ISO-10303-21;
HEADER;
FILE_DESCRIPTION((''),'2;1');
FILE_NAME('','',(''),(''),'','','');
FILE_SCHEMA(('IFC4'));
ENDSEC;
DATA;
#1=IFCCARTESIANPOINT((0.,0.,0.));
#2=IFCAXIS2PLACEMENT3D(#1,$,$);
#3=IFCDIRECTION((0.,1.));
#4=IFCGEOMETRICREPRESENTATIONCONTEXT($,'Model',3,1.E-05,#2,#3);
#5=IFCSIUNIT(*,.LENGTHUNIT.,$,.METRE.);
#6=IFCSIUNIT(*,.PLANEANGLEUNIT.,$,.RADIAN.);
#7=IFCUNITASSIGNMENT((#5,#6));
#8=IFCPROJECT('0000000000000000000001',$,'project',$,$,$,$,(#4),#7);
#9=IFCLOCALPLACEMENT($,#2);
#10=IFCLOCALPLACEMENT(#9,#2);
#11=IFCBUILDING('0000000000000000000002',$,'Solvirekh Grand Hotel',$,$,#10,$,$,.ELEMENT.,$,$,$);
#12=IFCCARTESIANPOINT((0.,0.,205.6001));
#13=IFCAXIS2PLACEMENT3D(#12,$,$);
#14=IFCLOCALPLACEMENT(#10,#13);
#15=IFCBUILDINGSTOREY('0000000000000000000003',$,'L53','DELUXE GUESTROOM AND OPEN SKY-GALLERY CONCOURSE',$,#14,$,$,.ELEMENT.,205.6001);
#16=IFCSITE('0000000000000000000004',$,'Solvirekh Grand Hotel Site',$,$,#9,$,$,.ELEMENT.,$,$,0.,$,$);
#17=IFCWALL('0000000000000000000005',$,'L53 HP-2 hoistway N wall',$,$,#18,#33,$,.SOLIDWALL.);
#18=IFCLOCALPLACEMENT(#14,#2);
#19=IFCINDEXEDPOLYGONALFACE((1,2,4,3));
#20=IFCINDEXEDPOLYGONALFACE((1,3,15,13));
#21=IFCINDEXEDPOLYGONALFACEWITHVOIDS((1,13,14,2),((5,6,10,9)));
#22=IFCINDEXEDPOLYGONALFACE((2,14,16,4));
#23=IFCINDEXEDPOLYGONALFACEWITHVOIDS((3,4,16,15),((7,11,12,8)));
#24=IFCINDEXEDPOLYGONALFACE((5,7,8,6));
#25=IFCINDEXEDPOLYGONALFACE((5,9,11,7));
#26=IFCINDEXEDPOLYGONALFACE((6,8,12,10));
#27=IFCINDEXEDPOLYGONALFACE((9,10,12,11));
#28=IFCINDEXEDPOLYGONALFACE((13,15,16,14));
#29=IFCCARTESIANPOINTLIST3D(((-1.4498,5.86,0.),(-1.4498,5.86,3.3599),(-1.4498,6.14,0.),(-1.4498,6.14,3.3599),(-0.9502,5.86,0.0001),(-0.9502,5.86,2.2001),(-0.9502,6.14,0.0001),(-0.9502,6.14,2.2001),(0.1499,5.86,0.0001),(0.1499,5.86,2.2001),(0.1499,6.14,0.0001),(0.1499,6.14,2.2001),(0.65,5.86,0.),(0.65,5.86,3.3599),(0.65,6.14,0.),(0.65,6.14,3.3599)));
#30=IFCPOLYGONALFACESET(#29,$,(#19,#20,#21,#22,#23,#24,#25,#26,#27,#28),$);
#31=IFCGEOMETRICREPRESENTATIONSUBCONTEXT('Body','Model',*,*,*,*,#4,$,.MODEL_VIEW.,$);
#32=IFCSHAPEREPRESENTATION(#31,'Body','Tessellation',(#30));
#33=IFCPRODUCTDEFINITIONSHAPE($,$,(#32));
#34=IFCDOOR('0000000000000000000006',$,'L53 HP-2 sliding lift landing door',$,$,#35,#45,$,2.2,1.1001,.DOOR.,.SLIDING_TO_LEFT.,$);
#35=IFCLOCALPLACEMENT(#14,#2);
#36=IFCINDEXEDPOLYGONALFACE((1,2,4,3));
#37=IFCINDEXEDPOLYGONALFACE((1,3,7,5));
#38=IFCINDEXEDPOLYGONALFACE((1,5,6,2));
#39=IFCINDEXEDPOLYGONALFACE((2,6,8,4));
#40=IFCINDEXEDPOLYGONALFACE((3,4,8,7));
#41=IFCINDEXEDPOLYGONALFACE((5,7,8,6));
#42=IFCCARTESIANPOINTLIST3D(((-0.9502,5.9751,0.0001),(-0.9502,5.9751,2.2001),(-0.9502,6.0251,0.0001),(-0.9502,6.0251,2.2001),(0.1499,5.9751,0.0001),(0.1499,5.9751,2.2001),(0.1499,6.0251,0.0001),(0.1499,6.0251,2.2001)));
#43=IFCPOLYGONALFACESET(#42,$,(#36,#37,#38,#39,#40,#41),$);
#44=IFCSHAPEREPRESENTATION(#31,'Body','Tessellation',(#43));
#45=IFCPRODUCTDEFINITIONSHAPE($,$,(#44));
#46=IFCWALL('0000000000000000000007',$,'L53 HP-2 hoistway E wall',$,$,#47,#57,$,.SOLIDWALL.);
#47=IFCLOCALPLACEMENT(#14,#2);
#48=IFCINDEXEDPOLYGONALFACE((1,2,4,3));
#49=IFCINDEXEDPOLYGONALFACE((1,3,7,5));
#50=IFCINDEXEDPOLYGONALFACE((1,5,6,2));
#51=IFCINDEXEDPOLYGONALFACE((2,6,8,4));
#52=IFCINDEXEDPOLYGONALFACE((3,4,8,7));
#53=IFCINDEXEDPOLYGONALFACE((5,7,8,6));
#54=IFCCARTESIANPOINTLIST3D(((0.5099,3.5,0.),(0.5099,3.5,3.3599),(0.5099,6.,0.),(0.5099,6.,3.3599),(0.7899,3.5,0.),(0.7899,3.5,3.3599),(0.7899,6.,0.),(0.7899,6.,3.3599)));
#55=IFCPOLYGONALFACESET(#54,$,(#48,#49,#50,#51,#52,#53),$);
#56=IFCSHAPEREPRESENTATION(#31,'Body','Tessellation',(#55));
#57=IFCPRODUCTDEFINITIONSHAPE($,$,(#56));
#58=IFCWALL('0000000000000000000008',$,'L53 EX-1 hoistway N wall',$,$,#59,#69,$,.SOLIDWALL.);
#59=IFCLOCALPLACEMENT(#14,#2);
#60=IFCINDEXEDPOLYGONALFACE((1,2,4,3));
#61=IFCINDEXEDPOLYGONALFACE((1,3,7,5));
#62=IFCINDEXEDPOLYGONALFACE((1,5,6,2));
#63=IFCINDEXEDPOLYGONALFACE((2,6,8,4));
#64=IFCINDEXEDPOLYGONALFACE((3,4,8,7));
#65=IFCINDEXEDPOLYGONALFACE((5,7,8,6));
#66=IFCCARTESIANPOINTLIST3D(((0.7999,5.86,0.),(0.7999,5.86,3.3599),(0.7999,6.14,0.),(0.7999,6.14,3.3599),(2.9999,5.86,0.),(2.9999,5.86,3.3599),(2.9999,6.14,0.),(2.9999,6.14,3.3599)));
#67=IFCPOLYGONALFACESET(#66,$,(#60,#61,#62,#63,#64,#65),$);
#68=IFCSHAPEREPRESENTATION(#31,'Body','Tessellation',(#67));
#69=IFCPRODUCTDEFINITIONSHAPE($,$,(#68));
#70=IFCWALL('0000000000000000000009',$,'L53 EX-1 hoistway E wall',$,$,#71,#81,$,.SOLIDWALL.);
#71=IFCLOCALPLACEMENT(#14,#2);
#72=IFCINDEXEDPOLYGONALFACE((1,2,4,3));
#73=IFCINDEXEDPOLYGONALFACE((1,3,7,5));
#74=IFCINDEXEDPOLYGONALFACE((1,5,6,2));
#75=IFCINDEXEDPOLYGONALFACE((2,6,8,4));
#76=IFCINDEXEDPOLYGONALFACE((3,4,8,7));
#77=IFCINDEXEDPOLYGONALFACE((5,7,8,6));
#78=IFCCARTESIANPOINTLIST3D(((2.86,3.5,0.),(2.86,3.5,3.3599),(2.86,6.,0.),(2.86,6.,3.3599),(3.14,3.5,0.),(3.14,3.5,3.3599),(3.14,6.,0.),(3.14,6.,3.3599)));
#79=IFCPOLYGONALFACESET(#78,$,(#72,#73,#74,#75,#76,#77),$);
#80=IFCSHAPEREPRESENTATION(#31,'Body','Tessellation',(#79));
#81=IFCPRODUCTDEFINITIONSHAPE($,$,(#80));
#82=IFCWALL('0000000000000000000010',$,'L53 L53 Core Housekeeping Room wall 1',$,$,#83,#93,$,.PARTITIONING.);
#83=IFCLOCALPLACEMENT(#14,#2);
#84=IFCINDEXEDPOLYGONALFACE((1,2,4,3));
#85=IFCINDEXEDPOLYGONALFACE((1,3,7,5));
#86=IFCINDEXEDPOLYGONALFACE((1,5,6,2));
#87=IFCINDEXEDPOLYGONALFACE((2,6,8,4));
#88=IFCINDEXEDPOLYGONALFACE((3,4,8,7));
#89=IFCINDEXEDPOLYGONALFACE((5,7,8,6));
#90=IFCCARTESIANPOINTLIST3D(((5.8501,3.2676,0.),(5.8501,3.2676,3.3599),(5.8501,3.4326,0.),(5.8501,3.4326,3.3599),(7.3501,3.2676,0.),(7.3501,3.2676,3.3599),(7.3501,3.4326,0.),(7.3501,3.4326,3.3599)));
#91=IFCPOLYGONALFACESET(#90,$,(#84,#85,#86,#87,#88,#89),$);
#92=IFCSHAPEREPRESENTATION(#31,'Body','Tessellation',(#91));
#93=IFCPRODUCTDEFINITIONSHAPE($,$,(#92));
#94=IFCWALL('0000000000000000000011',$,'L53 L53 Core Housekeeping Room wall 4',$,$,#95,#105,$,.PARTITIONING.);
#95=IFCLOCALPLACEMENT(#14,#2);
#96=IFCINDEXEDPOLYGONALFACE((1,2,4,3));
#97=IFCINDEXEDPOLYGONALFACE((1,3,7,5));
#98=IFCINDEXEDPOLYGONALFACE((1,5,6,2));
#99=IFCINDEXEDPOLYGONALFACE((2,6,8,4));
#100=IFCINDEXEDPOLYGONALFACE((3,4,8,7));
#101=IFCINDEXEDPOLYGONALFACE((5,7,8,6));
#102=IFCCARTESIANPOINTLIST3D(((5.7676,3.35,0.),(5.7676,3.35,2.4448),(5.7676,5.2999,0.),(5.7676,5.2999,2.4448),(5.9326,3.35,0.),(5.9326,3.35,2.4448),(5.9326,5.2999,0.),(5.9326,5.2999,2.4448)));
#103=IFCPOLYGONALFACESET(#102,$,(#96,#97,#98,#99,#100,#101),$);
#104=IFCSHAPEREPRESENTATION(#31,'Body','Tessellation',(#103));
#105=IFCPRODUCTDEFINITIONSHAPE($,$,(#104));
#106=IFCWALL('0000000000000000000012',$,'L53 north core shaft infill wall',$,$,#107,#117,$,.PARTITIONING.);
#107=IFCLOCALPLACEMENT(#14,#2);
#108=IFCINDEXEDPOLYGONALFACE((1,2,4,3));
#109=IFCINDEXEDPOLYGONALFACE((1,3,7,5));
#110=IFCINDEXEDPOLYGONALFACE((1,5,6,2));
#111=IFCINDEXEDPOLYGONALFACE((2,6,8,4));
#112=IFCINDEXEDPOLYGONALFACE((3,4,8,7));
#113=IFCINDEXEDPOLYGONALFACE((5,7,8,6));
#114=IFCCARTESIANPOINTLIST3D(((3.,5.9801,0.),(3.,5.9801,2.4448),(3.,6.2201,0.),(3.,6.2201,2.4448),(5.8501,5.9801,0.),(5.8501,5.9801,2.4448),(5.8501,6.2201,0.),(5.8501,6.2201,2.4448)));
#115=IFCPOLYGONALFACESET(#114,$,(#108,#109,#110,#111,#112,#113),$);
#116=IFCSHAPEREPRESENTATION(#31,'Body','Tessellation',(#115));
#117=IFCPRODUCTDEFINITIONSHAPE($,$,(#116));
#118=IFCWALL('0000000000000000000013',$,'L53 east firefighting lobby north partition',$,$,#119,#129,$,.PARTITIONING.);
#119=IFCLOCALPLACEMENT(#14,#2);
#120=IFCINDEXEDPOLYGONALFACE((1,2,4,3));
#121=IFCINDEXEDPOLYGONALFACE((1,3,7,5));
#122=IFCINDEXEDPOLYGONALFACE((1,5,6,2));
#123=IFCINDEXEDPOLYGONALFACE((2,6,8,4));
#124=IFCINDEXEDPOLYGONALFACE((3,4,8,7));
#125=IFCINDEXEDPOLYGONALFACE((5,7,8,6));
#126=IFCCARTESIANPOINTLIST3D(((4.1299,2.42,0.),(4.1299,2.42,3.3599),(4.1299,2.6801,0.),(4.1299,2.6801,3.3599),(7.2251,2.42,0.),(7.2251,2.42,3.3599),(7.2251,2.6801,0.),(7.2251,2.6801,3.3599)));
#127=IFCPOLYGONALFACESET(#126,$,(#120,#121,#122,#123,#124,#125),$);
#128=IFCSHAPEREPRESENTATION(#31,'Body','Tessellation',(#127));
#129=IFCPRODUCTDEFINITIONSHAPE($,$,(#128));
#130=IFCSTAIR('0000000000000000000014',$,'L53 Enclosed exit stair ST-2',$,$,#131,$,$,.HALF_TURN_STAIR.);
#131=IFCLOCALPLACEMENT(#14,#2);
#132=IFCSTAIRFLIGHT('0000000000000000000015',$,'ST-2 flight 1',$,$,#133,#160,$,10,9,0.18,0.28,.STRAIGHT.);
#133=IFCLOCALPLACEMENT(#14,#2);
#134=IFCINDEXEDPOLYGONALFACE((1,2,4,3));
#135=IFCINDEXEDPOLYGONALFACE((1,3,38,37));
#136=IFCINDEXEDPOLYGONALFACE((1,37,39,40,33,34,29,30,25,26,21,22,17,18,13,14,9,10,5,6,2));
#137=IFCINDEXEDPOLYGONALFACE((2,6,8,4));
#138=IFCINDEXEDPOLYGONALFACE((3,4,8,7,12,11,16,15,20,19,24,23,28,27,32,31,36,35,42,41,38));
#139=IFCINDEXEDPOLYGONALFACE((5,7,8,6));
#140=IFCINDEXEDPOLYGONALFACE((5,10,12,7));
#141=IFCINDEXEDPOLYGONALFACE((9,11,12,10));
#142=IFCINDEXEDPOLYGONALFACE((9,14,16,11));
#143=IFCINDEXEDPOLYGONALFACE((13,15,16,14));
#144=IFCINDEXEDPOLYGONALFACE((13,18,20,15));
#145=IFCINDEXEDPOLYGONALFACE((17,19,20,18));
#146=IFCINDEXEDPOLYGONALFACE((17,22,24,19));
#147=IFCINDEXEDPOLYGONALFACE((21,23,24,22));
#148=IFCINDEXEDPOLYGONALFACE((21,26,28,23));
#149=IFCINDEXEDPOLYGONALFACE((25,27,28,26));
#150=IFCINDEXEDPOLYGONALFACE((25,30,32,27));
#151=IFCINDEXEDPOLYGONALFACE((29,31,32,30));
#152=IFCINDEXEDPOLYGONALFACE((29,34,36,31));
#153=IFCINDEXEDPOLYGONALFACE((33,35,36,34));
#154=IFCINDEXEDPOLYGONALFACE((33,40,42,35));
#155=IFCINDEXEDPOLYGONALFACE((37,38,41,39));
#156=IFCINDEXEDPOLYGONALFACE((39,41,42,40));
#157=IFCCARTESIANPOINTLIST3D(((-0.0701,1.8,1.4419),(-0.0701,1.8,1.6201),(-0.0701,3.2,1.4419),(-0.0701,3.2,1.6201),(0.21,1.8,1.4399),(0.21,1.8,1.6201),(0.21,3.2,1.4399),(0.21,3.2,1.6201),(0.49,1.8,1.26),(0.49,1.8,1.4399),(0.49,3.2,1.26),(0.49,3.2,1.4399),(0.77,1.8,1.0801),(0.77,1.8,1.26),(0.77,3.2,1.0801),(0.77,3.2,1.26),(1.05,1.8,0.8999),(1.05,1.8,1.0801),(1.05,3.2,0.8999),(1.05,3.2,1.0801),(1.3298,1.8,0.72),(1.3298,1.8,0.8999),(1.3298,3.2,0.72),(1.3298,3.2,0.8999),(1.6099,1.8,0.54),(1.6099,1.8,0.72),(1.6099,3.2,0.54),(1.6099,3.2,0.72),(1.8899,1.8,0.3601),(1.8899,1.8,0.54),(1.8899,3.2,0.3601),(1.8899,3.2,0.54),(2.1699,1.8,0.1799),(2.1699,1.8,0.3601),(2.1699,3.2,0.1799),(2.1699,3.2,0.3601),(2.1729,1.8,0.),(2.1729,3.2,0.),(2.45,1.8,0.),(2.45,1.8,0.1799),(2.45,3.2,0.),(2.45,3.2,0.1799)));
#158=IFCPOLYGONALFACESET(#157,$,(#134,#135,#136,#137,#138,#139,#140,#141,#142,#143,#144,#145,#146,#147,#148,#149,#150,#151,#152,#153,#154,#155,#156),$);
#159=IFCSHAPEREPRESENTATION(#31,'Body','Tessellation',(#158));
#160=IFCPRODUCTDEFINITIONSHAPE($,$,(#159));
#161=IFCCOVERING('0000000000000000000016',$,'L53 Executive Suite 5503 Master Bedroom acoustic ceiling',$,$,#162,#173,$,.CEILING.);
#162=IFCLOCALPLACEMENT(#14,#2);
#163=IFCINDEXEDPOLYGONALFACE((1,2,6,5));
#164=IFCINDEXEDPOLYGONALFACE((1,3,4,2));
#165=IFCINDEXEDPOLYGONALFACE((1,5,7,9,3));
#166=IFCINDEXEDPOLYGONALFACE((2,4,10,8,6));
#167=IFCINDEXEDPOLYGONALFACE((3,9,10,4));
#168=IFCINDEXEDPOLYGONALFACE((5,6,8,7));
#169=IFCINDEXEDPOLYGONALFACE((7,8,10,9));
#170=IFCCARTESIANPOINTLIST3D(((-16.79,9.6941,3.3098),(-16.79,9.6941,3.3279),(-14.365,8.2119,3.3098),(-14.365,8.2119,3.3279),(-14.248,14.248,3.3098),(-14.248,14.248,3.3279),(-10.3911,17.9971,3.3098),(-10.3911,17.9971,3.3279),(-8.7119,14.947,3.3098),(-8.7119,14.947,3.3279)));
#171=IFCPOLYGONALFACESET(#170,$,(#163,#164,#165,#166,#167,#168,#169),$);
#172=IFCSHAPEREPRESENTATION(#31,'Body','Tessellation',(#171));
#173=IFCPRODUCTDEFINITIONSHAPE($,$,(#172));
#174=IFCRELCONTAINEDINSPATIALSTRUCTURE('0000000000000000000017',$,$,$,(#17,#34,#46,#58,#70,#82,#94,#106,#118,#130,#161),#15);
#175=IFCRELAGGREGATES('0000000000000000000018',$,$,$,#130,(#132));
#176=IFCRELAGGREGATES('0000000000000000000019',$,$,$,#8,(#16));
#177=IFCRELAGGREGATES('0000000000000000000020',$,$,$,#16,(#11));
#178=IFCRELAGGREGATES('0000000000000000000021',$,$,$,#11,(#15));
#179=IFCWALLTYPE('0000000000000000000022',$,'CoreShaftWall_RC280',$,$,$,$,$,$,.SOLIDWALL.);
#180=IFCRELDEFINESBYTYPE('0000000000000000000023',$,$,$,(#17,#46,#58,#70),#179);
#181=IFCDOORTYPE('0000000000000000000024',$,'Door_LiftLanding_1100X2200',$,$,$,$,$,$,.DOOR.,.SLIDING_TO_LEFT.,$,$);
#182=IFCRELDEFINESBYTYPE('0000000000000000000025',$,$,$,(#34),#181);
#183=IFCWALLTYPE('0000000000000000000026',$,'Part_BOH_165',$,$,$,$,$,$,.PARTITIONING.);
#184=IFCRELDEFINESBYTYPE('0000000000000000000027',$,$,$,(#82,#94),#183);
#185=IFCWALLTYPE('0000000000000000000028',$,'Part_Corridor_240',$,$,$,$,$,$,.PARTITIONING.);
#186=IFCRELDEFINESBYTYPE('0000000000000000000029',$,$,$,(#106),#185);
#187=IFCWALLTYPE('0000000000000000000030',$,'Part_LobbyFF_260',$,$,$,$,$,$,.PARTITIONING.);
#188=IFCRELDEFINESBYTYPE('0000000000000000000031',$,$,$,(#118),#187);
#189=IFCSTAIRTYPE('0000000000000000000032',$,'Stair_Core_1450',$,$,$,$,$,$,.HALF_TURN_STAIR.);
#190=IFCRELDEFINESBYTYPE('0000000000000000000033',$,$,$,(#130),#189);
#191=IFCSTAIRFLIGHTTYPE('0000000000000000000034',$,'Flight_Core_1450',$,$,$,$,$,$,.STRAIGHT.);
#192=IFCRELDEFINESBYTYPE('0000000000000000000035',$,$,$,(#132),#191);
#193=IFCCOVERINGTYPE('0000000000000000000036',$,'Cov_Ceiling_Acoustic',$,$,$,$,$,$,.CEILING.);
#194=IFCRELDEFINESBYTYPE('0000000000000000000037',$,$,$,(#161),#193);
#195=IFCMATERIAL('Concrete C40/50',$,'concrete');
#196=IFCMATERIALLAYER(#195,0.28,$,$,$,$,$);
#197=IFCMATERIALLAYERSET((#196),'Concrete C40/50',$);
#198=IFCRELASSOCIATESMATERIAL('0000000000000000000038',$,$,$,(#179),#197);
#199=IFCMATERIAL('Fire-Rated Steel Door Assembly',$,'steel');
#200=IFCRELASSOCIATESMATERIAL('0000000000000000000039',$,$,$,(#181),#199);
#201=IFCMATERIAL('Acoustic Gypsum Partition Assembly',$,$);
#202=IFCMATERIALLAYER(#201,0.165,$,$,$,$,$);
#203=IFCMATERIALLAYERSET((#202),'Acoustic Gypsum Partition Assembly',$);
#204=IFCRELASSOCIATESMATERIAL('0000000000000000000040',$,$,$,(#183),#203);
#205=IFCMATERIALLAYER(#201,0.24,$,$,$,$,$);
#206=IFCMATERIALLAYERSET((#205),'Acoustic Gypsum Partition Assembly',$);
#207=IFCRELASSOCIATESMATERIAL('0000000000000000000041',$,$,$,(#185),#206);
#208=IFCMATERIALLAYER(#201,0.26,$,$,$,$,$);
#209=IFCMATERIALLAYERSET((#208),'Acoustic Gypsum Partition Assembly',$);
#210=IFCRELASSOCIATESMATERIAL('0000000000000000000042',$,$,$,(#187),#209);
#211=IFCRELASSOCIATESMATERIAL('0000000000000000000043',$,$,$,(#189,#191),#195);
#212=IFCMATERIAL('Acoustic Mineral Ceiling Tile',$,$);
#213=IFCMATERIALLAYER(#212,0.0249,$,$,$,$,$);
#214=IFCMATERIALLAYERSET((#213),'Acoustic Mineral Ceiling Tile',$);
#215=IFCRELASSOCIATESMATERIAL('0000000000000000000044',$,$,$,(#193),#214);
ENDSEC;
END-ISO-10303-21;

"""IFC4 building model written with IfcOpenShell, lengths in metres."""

from ifc_helpers import new_model, si_unit, direction, frame, frame_2d, origin, place, context, subcontext, project, spatial, polyline, rectangle, outline, extrude, material, layer, layer_set, type_object, element, fill, aggregate, save


model = new_model("IFC4")

# Units and contexts
model_context = context("Model", 3, precision=1e-05, world=origin(), true_north=direction((0.0, 1.0)))
body_context = subcontext(model_context, "Body", "Model", "MODEL_VIEW")
ifc_project = project(units=[si_unit("LENGTHUNIT", "METRE"), si_unit("PLANEANGLEUNIT", "RADIAN")], contexts=[model_context])

# Site, building, storey
site_placement = place(None, origin())
site = spatial("IfcSite", under=ifc_project, at=site_placement, Name="Solvirekh Grand Hotel Site", CompositionType="ELEMENT", RefElevation=0.0)
building_placement = place(site_placement, origin())
building = spatial("IfcBuilding", under=site, at=building_placement, Name="Solvirekh Grand Hotel", CompositionType="ELEMENT")
storey_placement = place(building_placement, frame((0.0, 0.0, 205.6001)))
storey = spatial("IfcBuildingStorey", under=building, at=storey_placement, Name="L53", Description="DELUXE GUESTROOM AND OPEN SKY-GALLERY CONCOURSE", CompositionType="ELEMENT", Elevation=205.6001)

# Wall, opening, door
ifc_material_1 = material(Name="Concrete C40/50", Category="concrete")
ifc_layer_1 = layer(ifc_material_1, 0.28)
ifc_layer_set_1 = layer_set([ifc_layer_1], Name="Concrete C40/50")
wall_type_1 = type_object("IfcWallType", Name="CoreShaftWall_RC280", PredefinedType="SOLIDWALL", material=ifc_layer_set_1)
wall_1_placement = place(storey_placement, frame((0.6499, 6.0, 0.0), z_axis=(0.0, 0.0, 1.0), x_axis=(-1.0, 0.0, 0.0)))
wall_1 = element("IfcWall", 1, at=wall_1_placement, inside=storey, type_object=wall_type_1, Name="L53 HP-2 hoistway N wall", PredefinedType="SOLIDWALL", context=body_context, shape_type="SweptSolid", body=[
    extrude(rectangle(XDim=2.0999, YDim=0.28, at=frame_2d((1.0498, 0.0))), origin(), (0.0, 0.0, 1.0), 3.3599),
])
opening_placement = place(wall_1_placement, frame((0.5, 0.0, 0.0)))
opening = element("IfcOpeningElement", 2, at=opening_placement, cuts=wall_1, PredefinedType="OPENING", context=body_context, shape_type="SweptSolid", body=[
    extrude(rectangle(XDim=1.1001, YDim=2.2, at=frame_2d((0.55, 1.1001))), frame((0.0, 0.1499, 0.0), z_axis=(0.0, -1.0, 0.0), x_axis=(1.0, 0.0, 0.0)), (0.0, 0.0, 1.0), 0.3),
])
ifc_material_2 = material(Name="Fire-Rated Steel Door Assembly", Category="steel")
door_type = type_object("IfcDoorType", Name="Door_LiftLanding_1100X2200", OperationType="SLIDING_TO_LEFT", PredefinedType="DOOR", material=ifc_material_2)
door_placement = place(opening_placement, origin())
door = element("IfcDoor", 3, at=door_placement, inside=storey, type_object=door_type, Name="L53 HP-2 sliding lift landing door", OperationType="SLIDING_TO_LEFT", OverallHeight=2.2, OverallWidth=1.1001, PredefinedType="DOOR", context=body_context, shape_type="SweptSolid", body=[
    extrude(rectangle(XDim=1.1001, YDim=2.2, at=frame_2d((0.55, 1.1001))), frame((0.0, 0.0249, 0.0), z_axis=(0.0, -1.0, 0.0), x_axis=(1.0, 0.0, 0.0)), (0.0, 0.0, 1.0), 0.05),
])
fill(opening, door)

# Walls
wall_2_placement = place(storey_placement, frame((0.6499, 3.5, 0.0), z_axis=(0.0, 0.0, 1.0), x_axis=(0.0, 1.0, 0.0)))
element("IfcWall", 4, at=wall_2_placement, inside=storey, type_object=wall_type_1, Name="L53 HP-2 hoistway E wall", PredefinedType="SOLIDWALL", context=body_context, shape_type="SweptSolid", body=[
    extrude(rectangle(XDim=2.5, YDim=0.28, at=frame_2d((1.25, 0.0))), origin(), (0.0, 0.0, 1.0), 3.3599),
])
wall_3_placement = place(storey_placement, frame((3.0, 6.0, 0.0), z_axis=(0.0, 0.0, 1.0), x_axis=(-1.0, 0.0, 0.0)))
element("IfcWall", 5, at=wall_3_placement, inside=storey, type_object=wall_type_1, Name="L53 EX-1 hoistway N wall", PredefinedType="SOLIDWALL", context=body_context, shape_type="SweptSolid", body=[
    extrude(rectangle(XDim=2.2, YDim=0.28, at=frame_2d((1.1001, 0.0))), origin(), (0.0, 0.0, 1.0), 3.3599),
])
wall_4_placement = place(storey_placement, frame((3.0, 3.5, 0.0), z_axis=(0.0, 0.0, 1.0), x_axis=(0.0, 1.0, 0.0)))
element("IfcWall", 6, at=wall_4_placement, inside=storey, type_object=wall_type_1, Name="L53 EX-1 hoistway E wall", PredefinedType="SOLIDWALL", context=body_context, shape_type="SweptSolid", body=[
    extrude(rectangle(XDim=2.5, YDim=0.28, at=frame_2d((1.25, 0.0))), origin(), (0.0, 0.0, 1.0), 3.3599),
])
ifc_material_3 = material(Name="Acoustic Gypsum Partition Assembly")
ifc_layer_2 = layer(ifc_material_3, 0.165)
ifc_layer_set_2 = layer_set([ifc_layer_2], Name="Acoustic Gypsum Partition Assembly")
wall_type_2 = type_object("IfcWallType", Name="Part_BOH_165", PredefinedType="PARTITIONING", material=ifc_layer_set_2)
wall_5_placement = place(storey_placement, frame((5.8501, 3.3501, 0.0), z_axis=(0.0, 0.0, 1.0), x_axis=(1.0, 0.0, 0.0)))
element("IfcWall", 7, at=wall_5_placement, inside=storey, type_object=wall_type_2, Name="L53 L53 Core Housekeeping Room wall 1", PredefinedType="PARTITIONING", context=body_context, shape_type="SweptSolid", body=[
    extrude(rectangle(XDim=1.5, YDim=0.165, at=frame_2d((0.75, 0.0))), origin(), (0.0, 0.0, 1.0), 3.3599),
])
wall_6_placement = place(storey_placement, frame((5.8501, 5.3, 0.0), z_axis=(0.0, 0.0, 1.0), x_axis=(0.0, -1.0, 0.0)))
element("IfcWall", 8, at=wall_6_placement, inside=storey, type_object=wall_type_2, Name="L53 L53 Core Housekeeping Room wall 4", PredefinedType="PARTITIONING", context=body_context, shape_type="SweptSolid", body=[
    extrude(rectangle(XDim=1.95, YDim=0.165, at=frame_2d((0.9751, 0.0))), origin(), (0.0, 0.0, 1.0), 2.4448),
])
ifc_layer_3 = layer(ifc_material_3, 0.24)
ifc_layer_set_3 = layer_set([ifc_layer_3], Name="Acoustic Gypsum Partition Assembly")
wall_type_3 = type_object("IfcWallType", Name="Part_Corridor_240", PredefinedType="PARTITIONING", material=ifc_layer_set_3)
wall_7_placement = place(storey_placement, frame((3.0, 6.1001, 0.0), z_axis=(0.0, 0.0, 1.0), x_axis=(1.0, 0.0, 0.0)))
element("IfcWall", 9, at=wall_7_placement, inside=storey, type_object=wall_type_3, Name="L53 north core shaft infill wall", PredefinedType="PARTITIONING", context=body_context, shape_type="SweptSolid", body=[
    extrude(rectangle(XDim=2.8501, YDim=0.24, at=frame_2d((1.425, 0.0))), origin(), (0.0, 0.0, 1.0), 2.4448),
])
ifc_layer_4 = layer(ifc_material_3, 0.26)
ifc_layer_set_4 = layer_set([ifc_layer_4], Name="Acoustic Gypsum Partition Assembly")
wall_type_4 = type_object("IfcWallType", Name="Part_LobbyFF_260", PredefinedType="PARTITIONING", material=ifc_layer_set_4)
wall_8_placement = place(storey_placement, frame((4.1299, 2.55, 0.0), z_axis=(0.0, 0.0, 1.0), x_axis=(1.0, 0.0, 0.0)))
element("IfcWall", 10, at=wall_8_placement, inside=storey, type_object=wall_type_4, Name="L53 east firefighting lobby north partition", PredefinedType="PARTITIONING", context=body_context, shape_type="SweptSolid", body=[
    extrude(rectangle(XDim=3.0952, YDim=0.26, at=frame_2d((1.5476, 0.0))), origin(), (0.0, 0.0, 1.0), 3.3599),
])

# Stair, stair flight
stair_type = type_object("IfcStairType", Name="Stair_Core_1450", PredefinedType="HALF_TURN_STAIR", material=ifc_material_1)
stair_placement = place(storey_placement, origin())
stair = element("IfcStair", 11, at=stair_placement, inside=storey, type_object=stair_type, Name="L53 Enclosed exit stair ST-2", PredefinedType="HALF_TURN_STAIR")
stair_flight_type = type_object("IfcStairFlightType", Name="Flight_Core_1450", PredefinedType="STRAIGHT", material=ifc_material_1)
stair_flight_placement = place(storey_placement, frame((2.45, 2.5, 0.0), z_axis=(0.0, 0.0, 1.0), x_axis=(-1.0, 0.0, 0.0)))
stair_flight = element("IfcStairFlight", 12, at=stair_flight_placement, type_object=stair_flight_type, Name="ST-2 flight 1", NumberOfRisers=10, NumberOfTreads=9, PredefinedType="STRAIGHT", RiserHeight=0.18, TreadLength=0.28, context=body_context, shape_type="SweptSolid", body=[
    extrude(outline(polyline([(0.0, 0.0), (0.0, 0.1799), (0.28, 0.1799), (0.28, 0.3601), (0.5601, 0.3601), (0.5601, 0.54), (0.8401, 0.54), (0.8401, 0.72), (1.1201, 0.72), (1.1201, 0.8999), (1.3999, 0.8999), (1.3999, 1.0801), (1.6799, 1.0801), (1.6799, 1.26), (1.96, 1.26), (1.96, 1.4399), (2.24, 1.4399), (2.24, 1.6201), (2.52, 1.6201), (2.52, 1.8), (2.52, 1.4419), (0.2771, 0.0), (0.0, 0.0)])), frame((0.0, 0.7, 0.0), z_axis=(0.0, -1.0, 0.0), x_axis=(1.0, 0.0, 0.0)), (0.0, 0.0, 1.0), 1.3999),
])
aggregate(stair, [stair_flight])

# Covering
ifc_material_4 = material(Name="Acoustic Mineral Ceiling Tile")
ifc_layer_5 = layer(ifc_material_4, 0.0249)
ifc_layer_set_5 = layer_set([ifc_layer_5], Name="Acoustic Mineral Ceiling Tile")
covering_type_1 = type_object("IfcCoveringType", Name="Cov_Ceiling_Acoustic", PredefinedType="CEILING", material=ifc_layer_set_5)
covering_1_placement = place(storey_placement, frame((0.0, 0.0, 3.3098)))
element("IfcCovering", 13, at=covering_1_placement, inside=storey, type_object=covering_type_1, Name="L53 Executive Suite 5503 Master Bedroom acoustic ceiling", PredefinedType="CEILING", context=body_context, shape_type="SweptSolid", body=[
    extrude(outline(polyline([(-10.3911, 17.9971), (-14.248, 14.248), (-16.79, 9.6941), (-14.365, 8.2119), (-8.7119, 14.947), (-10.3911, 17.9971)])), origin(), (0.0, 0.0, 1.0), 0.0181),
])

save(model, "model.ifc")
